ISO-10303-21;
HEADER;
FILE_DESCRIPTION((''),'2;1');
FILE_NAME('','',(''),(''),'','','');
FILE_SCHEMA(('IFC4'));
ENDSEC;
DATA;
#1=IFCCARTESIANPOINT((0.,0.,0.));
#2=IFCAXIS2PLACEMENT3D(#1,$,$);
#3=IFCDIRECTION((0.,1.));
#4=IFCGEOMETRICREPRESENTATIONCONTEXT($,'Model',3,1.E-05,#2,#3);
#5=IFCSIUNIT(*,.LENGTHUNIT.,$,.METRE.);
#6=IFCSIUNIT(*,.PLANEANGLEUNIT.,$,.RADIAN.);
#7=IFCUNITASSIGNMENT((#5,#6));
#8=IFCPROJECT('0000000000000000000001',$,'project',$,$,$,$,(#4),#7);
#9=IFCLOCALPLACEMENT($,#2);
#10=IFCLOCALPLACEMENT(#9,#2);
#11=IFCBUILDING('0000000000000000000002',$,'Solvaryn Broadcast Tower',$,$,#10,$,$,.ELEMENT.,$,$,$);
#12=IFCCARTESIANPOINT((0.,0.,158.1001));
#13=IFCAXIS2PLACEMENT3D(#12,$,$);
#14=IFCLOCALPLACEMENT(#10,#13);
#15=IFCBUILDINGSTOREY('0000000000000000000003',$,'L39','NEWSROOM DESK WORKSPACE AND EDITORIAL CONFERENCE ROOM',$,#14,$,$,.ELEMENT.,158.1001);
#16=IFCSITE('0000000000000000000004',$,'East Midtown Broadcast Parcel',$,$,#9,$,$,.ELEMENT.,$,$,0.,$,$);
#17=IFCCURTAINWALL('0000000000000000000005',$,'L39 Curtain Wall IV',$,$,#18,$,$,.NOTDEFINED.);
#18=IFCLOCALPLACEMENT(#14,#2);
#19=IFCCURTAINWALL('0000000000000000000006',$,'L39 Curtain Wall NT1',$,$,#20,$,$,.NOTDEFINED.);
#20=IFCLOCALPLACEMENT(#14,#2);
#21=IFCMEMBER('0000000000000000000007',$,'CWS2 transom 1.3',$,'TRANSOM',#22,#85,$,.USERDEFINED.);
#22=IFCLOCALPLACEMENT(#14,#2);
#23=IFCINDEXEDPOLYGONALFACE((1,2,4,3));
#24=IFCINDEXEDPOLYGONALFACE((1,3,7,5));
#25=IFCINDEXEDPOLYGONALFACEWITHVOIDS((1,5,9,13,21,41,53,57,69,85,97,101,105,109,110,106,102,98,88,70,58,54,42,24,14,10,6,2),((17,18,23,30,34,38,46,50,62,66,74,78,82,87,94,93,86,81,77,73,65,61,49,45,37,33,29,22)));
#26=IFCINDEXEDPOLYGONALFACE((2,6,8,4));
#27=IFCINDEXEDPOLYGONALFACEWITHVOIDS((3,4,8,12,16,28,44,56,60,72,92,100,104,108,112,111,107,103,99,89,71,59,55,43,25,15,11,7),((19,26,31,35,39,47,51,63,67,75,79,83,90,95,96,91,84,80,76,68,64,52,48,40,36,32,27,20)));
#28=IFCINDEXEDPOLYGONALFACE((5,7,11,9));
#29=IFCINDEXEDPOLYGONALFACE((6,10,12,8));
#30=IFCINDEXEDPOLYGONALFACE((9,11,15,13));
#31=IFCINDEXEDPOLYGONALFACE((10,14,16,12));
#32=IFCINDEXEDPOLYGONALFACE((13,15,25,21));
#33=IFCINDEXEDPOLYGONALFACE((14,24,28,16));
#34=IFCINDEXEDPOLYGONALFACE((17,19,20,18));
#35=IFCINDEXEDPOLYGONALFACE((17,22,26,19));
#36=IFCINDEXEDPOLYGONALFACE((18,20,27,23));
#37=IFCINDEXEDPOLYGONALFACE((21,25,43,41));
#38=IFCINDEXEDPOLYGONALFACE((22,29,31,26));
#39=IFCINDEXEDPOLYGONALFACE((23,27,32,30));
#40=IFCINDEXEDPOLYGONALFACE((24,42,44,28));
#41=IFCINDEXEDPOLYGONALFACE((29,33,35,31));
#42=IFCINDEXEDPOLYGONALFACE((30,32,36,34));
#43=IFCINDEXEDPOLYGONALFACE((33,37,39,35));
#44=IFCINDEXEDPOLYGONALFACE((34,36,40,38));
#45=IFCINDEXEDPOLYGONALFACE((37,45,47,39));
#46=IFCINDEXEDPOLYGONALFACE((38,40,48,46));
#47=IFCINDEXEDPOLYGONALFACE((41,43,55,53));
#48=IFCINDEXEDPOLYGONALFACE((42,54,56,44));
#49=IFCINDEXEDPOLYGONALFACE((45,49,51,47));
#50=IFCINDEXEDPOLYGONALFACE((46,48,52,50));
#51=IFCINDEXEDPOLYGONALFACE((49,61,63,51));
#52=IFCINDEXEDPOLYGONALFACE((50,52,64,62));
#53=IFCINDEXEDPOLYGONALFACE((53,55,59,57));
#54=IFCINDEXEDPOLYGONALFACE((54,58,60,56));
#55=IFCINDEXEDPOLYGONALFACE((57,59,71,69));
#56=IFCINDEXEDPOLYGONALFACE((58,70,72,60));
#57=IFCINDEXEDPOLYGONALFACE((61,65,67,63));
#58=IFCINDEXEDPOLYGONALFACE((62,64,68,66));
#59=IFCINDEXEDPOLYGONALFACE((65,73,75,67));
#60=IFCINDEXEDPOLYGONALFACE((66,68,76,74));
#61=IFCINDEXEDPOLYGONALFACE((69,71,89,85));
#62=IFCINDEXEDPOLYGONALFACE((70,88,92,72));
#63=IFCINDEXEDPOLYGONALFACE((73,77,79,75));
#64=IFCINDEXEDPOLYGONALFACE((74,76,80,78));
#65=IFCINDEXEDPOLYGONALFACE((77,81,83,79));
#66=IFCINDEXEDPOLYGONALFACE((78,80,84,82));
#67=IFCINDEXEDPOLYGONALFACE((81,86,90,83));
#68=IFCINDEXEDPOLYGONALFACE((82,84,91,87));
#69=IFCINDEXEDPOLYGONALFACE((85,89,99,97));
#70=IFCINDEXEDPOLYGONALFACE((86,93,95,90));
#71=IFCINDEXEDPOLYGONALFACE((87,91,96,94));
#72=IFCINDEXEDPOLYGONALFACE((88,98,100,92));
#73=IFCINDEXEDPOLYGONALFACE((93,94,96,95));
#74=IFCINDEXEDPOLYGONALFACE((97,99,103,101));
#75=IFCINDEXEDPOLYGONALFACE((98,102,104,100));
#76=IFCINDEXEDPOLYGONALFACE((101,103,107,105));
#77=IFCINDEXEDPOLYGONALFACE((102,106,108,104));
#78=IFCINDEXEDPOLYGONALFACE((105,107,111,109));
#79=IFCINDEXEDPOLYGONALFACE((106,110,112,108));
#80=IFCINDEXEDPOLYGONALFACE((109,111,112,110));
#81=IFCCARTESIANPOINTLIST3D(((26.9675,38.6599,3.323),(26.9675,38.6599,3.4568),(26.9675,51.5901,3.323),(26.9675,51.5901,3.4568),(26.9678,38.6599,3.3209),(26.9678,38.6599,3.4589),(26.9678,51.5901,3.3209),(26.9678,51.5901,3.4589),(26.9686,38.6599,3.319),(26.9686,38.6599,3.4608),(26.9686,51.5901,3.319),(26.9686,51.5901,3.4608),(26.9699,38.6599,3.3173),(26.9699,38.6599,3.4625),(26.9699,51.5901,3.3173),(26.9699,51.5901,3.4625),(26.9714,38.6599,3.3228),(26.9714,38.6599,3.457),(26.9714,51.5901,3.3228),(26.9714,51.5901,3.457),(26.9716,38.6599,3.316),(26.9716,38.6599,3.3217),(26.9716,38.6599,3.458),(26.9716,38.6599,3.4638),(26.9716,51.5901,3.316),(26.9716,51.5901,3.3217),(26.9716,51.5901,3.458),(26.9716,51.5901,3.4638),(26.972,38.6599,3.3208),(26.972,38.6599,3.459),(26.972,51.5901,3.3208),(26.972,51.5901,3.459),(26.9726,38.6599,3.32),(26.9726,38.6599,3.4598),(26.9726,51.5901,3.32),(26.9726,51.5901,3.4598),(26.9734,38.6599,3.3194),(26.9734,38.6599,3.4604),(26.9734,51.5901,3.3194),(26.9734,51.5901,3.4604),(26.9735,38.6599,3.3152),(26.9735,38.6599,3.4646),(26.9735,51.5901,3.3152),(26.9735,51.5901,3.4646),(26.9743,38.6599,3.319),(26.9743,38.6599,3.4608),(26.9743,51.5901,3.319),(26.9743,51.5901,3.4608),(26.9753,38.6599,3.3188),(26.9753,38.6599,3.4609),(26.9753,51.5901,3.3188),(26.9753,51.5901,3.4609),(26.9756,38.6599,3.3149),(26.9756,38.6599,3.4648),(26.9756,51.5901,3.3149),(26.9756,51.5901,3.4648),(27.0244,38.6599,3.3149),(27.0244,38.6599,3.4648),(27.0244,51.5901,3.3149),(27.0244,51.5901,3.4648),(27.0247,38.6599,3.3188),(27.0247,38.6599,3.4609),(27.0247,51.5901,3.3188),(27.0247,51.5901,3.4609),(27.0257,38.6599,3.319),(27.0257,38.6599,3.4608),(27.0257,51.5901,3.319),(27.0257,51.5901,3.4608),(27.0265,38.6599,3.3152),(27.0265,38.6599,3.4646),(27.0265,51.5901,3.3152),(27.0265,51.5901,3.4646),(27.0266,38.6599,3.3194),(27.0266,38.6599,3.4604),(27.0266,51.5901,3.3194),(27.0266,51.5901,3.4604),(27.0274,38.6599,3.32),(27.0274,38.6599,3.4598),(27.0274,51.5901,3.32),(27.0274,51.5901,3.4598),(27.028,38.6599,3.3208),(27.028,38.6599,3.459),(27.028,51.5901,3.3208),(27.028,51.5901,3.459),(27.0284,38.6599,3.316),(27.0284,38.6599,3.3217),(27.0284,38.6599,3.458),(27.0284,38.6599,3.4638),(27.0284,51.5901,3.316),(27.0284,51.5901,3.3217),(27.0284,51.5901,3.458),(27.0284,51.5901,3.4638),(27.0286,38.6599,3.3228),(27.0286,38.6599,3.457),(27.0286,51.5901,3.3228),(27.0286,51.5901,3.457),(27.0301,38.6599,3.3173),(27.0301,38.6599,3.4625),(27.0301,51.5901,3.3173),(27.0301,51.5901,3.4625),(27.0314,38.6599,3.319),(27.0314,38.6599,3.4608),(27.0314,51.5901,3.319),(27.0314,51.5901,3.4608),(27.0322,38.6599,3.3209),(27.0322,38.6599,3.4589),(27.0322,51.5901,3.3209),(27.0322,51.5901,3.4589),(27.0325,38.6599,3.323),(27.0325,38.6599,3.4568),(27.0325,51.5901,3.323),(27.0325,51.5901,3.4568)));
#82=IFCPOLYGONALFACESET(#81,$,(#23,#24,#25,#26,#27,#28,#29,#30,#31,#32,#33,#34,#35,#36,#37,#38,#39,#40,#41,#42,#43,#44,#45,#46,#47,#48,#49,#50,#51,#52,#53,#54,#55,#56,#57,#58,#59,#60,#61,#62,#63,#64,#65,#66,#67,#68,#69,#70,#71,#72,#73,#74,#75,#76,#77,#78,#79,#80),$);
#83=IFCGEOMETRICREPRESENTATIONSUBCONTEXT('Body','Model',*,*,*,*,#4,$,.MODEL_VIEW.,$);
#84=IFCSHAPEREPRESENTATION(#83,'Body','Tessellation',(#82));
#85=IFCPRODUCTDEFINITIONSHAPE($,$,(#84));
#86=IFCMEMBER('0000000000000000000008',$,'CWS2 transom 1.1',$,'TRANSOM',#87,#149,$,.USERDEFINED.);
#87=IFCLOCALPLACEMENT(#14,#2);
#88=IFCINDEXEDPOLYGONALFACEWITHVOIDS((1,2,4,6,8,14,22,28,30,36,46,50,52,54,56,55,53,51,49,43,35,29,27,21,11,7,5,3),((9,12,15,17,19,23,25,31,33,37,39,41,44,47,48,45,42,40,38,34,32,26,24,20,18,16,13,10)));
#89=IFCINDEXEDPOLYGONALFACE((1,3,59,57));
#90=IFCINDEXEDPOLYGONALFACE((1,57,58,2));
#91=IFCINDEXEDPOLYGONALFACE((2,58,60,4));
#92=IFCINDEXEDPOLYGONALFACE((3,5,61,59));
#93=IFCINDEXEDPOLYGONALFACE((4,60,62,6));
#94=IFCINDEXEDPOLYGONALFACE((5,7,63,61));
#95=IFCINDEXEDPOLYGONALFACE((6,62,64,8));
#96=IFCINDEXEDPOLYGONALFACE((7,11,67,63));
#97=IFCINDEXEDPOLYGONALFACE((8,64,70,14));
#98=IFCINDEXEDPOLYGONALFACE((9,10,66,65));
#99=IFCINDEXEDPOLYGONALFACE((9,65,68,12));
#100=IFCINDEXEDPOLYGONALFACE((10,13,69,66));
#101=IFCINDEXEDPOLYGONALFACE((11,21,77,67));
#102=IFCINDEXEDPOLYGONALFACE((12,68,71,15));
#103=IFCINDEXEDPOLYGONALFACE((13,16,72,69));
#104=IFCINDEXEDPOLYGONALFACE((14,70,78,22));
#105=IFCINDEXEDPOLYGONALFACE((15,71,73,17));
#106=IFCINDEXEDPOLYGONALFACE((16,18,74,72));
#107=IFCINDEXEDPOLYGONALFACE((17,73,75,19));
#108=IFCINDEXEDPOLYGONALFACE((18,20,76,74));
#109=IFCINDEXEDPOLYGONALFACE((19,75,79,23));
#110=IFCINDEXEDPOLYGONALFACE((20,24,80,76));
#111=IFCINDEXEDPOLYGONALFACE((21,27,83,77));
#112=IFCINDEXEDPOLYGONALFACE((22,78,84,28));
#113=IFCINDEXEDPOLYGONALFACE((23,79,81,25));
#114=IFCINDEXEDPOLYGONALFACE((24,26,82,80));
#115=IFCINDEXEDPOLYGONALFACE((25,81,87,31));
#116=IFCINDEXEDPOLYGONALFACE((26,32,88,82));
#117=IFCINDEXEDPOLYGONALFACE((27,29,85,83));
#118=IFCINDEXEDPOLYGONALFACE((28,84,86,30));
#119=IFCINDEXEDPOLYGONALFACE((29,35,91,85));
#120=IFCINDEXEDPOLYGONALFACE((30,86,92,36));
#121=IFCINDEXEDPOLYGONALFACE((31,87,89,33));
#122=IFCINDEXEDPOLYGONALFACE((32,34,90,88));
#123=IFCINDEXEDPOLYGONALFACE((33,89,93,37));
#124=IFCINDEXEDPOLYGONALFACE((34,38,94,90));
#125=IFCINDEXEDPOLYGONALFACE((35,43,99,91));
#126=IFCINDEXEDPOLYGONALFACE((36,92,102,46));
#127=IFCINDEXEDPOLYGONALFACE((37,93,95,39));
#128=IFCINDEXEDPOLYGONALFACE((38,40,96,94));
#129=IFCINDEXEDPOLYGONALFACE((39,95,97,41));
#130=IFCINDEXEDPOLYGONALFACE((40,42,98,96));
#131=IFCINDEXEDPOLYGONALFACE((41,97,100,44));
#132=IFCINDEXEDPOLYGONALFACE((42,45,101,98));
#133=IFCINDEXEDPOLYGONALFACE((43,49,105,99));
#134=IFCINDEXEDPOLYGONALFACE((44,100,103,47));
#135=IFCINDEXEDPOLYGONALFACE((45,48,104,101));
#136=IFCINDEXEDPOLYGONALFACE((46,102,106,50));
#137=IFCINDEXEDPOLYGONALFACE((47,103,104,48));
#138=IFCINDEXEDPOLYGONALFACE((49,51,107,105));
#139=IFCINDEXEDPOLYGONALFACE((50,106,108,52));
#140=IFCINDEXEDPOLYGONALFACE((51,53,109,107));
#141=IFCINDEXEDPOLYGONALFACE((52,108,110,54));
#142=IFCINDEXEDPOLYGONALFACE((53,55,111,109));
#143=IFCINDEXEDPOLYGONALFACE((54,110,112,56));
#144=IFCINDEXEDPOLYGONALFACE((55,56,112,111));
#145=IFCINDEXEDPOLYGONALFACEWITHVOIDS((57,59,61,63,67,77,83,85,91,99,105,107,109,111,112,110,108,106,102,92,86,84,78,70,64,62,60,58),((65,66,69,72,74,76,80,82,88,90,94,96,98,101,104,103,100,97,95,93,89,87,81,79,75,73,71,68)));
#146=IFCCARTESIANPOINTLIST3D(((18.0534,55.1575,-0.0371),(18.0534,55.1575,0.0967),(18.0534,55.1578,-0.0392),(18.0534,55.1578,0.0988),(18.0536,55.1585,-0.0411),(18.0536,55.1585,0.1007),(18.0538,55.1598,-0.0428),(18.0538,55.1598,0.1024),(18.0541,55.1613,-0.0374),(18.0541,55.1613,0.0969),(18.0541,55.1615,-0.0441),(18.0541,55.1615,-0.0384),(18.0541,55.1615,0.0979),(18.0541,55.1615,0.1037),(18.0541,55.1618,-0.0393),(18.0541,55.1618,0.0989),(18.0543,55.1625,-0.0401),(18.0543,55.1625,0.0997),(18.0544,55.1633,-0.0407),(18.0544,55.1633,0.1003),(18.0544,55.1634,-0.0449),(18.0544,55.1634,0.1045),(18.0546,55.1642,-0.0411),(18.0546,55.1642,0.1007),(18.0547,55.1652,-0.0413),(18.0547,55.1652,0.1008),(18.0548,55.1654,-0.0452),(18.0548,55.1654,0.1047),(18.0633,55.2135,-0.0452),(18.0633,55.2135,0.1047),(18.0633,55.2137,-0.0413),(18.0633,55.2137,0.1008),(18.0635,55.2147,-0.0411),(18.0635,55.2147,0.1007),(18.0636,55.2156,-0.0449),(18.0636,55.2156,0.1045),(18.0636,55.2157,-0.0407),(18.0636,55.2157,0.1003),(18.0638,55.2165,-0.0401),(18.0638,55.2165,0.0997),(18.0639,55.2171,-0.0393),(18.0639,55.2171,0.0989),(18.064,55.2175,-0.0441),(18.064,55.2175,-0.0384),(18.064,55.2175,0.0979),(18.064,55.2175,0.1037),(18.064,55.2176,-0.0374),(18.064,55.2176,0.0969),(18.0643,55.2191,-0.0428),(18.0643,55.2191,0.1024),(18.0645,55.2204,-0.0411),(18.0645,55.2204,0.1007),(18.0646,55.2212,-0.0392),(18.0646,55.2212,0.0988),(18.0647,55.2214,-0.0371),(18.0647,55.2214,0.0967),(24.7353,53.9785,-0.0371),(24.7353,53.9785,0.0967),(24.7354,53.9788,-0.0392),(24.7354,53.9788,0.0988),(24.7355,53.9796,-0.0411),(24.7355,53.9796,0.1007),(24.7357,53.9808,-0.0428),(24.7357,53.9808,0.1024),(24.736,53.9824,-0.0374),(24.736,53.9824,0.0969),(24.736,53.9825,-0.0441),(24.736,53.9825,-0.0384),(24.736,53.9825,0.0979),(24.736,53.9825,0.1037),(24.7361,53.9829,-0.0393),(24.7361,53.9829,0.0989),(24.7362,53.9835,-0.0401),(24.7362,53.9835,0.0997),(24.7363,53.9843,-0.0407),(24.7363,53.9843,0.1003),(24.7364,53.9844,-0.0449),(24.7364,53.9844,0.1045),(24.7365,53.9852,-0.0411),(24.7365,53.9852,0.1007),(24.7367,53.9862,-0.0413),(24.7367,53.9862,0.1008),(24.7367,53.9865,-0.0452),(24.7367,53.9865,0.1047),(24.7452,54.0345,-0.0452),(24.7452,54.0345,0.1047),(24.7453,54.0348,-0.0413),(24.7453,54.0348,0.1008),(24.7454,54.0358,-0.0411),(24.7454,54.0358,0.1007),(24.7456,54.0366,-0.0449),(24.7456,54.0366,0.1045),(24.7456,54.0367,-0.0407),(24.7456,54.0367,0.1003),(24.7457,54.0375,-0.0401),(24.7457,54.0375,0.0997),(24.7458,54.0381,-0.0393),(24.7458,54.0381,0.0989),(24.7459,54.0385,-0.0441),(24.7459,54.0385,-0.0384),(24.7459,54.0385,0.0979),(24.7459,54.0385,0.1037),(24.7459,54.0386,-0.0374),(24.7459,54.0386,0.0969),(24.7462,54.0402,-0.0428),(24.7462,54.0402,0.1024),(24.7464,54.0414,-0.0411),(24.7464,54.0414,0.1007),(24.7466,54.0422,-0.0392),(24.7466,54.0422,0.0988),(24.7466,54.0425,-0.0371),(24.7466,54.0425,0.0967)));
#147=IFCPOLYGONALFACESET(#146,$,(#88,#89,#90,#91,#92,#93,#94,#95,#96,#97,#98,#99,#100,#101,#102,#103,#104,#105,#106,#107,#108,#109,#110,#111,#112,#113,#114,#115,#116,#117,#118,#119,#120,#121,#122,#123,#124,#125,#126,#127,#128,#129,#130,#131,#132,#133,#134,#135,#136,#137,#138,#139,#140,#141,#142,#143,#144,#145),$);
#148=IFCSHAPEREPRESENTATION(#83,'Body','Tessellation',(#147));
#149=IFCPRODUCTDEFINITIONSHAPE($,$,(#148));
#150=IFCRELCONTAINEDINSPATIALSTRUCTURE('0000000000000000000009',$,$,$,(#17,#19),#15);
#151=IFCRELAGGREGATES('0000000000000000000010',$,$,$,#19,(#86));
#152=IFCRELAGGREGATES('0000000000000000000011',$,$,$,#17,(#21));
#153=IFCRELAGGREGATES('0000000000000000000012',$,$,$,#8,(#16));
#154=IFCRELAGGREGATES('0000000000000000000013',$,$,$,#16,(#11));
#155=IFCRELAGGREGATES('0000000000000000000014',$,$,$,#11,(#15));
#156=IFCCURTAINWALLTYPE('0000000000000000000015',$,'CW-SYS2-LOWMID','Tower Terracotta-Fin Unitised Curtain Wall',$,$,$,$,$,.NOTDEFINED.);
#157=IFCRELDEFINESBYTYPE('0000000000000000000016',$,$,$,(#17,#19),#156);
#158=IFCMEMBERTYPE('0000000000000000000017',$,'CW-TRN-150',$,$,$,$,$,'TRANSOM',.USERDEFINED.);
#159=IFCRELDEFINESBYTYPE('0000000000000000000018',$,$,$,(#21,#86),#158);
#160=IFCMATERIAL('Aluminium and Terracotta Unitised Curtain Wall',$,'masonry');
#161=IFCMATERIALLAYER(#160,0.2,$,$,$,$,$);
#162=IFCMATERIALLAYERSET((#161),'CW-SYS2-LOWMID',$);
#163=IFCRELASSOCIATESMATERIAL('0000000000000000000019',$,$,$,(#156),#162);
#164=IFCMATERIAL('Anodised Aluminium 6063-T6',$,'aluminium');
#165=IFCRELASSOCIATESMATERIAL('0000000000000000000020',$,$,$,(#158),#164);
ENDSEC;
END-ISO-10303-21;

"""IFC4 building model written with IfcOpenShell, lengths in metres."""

from ifc_helpers import new_model, si_unit, direction, frame, origin, origin_2d, place, context, subcontext, project, spatial, hollow_rectangle, extrude, material, layer, layer_set, material_profile, profile_set, type_object, element, aggregate, save


model = new_model("IFC4")

# Units and contexts
model_context = context("Model", 3, precision=1e-05, world=origin(), true_north=direction((0.0, 1.0)))
body_context = subcontext(model_context, "Body", "Model", "MODEL_VIEW")
ifc_project = project(units=[si_unit("LENGTHUNIT", "METRE"), si_unit("PLANEANGLEUNIT", "RADIAN")], contexts=[model_context])

# Site, building, storey
site_placement = place(None, origin())
site = spatial("IfcSite", under=ifc_project, at=site_placement, Name="East Midtown Broadcast Parcel", CompositionType="ELEMENT", RefElevation=0.0)
building_placement = place(site_placement, origin())
building = spatial("IfcBuilding", under=site, at=building_placement, Name="Solvaryn Broadcast Tower", CompositionType="ELEMENT")
storey_placement = place(building_placement, frame((0.0, 0.0, 158.1001)))
storey = spatial("IfcBuildingStorey", under=building, at=storey_placement, Name="L39", Description="NEWSROOM DESK WORKSPACE AND EDITORIAL CONFERENCE ROOM", CompositionType="ELEMENT", Elevation=158.1001)

# Curtain wall
ifc_material_1 = material(Name="Aluminium and Terracotta Unitised Curtain Wall", Category="masonry")
ifc_layer_1 = layer(ifc_material_1, 0.2)
ifc_layer_set_1 = layer_set([ifc_layer_1], Name="CW-SYS2-LOWMID")
curtain_wall_type = type_object("IfcCurtainWallType", Name="CW-SYS2-LOWMID", Description="Tower Terracotta-Fin Unitised Curtain Wall", PredefinedType="NOTDEFINED", material=ifc_layer_set_1)
curtain_wall_1_placement = place(storey_placement, origin())
curtain_wall_1 = element("IfcCurtainWall", 1, at=curtain_wall_1_placement, inside=storey, type_object=curtain_wall_type, Name="L39 Curtain Wall IV", PredefinedType="NOTDEFINED")

# Curtain wall
curtain_wall_2_placement = place(storey_placement, origin())
curtain_wall_2 = element("IfcCurtainWall", 2, at=curtain_wall_2_placement, inside=storey, type_object=curtain_wall_type, Name="L39 Curtain Wall NT1", PredefinedType="NOTDEFINED")

# Members
ifc_material_2 = material(Name="Anodised Aluminium 6063-T6", Category="aluminium")
ifc_material_profile_1 = material_profile(ifc_material_2, hollow_rectangle(XDim=0.0649, YDim=0.1499, WallThickness=0.0039, InnerFilletRadius=0.0039, OuterFilletRadius=0.0081, at=origin_2d()))
ifc_profile_set_1 = profile_set([ifc_material_profile_1], Name="Anodised Aluminium 6063-T6")
member_type_1 = type_object("IfcMemberType", Name="CW-TRN-150", ElementType="TRANSOM", PredefinedType="USERDEFINED", material=ifc_profile_set_1)
member_1_placement = place(storey_placement, frame((27.0, 51.5901, 3.3899), z_axis=(0.0, -1.0, 0.0), x_axis=(1.0, 0.0, 0.0)))
member_1 = element("IfcMember", 3, at=member_1_placement, type_object=member_type_1, Name="CWS2 transom 1.3", ObjectType="TRANSOM", PredefinedType="USERDEFINED", context=body_context, shape_type="SweptSolid", body=[
    extrude(hollow_rectangle(XDim=0.0649, YDim=0.1499, WallThickness=0.0039, InnerFilletRadius=0.0039, OuterFilletRadius=0.0081, at=origin_2d()), origin(), (0.0, 0.0, 1.0), 12.9302),
])
member_2_placement = place(storey_placement, frame((24.741, 54.0105, 0.0298), z_axis=(-0.984789, 0.173757, 0.0), x_axis=(-0.173757, -0.984789, 0.0)))
member_2 = element("IfcMember", 4, at=member_2_placement, type_object=member_type_1, Name="CWS2 transom 1.1", ObjectType="TRANSOM", PredefinedType="USERDEFINED", context=body_context, shape_type="SweptSolid", body=[
    extrude(hollow_rectangle(XDim=0.0649, YDim=0.1499, WallThickness=0.0039, InnerFilletRadius=0.0039, OuterFilletRadius=0.0081, at=origin_2d()), origin(), (0.0, 0.0, 1.0), 6.7852),
])
aggregate(curtain_wall_2, [member_2])

aggregate(curtain_wall_1, [member_1])

save(model, "model.ifc")
